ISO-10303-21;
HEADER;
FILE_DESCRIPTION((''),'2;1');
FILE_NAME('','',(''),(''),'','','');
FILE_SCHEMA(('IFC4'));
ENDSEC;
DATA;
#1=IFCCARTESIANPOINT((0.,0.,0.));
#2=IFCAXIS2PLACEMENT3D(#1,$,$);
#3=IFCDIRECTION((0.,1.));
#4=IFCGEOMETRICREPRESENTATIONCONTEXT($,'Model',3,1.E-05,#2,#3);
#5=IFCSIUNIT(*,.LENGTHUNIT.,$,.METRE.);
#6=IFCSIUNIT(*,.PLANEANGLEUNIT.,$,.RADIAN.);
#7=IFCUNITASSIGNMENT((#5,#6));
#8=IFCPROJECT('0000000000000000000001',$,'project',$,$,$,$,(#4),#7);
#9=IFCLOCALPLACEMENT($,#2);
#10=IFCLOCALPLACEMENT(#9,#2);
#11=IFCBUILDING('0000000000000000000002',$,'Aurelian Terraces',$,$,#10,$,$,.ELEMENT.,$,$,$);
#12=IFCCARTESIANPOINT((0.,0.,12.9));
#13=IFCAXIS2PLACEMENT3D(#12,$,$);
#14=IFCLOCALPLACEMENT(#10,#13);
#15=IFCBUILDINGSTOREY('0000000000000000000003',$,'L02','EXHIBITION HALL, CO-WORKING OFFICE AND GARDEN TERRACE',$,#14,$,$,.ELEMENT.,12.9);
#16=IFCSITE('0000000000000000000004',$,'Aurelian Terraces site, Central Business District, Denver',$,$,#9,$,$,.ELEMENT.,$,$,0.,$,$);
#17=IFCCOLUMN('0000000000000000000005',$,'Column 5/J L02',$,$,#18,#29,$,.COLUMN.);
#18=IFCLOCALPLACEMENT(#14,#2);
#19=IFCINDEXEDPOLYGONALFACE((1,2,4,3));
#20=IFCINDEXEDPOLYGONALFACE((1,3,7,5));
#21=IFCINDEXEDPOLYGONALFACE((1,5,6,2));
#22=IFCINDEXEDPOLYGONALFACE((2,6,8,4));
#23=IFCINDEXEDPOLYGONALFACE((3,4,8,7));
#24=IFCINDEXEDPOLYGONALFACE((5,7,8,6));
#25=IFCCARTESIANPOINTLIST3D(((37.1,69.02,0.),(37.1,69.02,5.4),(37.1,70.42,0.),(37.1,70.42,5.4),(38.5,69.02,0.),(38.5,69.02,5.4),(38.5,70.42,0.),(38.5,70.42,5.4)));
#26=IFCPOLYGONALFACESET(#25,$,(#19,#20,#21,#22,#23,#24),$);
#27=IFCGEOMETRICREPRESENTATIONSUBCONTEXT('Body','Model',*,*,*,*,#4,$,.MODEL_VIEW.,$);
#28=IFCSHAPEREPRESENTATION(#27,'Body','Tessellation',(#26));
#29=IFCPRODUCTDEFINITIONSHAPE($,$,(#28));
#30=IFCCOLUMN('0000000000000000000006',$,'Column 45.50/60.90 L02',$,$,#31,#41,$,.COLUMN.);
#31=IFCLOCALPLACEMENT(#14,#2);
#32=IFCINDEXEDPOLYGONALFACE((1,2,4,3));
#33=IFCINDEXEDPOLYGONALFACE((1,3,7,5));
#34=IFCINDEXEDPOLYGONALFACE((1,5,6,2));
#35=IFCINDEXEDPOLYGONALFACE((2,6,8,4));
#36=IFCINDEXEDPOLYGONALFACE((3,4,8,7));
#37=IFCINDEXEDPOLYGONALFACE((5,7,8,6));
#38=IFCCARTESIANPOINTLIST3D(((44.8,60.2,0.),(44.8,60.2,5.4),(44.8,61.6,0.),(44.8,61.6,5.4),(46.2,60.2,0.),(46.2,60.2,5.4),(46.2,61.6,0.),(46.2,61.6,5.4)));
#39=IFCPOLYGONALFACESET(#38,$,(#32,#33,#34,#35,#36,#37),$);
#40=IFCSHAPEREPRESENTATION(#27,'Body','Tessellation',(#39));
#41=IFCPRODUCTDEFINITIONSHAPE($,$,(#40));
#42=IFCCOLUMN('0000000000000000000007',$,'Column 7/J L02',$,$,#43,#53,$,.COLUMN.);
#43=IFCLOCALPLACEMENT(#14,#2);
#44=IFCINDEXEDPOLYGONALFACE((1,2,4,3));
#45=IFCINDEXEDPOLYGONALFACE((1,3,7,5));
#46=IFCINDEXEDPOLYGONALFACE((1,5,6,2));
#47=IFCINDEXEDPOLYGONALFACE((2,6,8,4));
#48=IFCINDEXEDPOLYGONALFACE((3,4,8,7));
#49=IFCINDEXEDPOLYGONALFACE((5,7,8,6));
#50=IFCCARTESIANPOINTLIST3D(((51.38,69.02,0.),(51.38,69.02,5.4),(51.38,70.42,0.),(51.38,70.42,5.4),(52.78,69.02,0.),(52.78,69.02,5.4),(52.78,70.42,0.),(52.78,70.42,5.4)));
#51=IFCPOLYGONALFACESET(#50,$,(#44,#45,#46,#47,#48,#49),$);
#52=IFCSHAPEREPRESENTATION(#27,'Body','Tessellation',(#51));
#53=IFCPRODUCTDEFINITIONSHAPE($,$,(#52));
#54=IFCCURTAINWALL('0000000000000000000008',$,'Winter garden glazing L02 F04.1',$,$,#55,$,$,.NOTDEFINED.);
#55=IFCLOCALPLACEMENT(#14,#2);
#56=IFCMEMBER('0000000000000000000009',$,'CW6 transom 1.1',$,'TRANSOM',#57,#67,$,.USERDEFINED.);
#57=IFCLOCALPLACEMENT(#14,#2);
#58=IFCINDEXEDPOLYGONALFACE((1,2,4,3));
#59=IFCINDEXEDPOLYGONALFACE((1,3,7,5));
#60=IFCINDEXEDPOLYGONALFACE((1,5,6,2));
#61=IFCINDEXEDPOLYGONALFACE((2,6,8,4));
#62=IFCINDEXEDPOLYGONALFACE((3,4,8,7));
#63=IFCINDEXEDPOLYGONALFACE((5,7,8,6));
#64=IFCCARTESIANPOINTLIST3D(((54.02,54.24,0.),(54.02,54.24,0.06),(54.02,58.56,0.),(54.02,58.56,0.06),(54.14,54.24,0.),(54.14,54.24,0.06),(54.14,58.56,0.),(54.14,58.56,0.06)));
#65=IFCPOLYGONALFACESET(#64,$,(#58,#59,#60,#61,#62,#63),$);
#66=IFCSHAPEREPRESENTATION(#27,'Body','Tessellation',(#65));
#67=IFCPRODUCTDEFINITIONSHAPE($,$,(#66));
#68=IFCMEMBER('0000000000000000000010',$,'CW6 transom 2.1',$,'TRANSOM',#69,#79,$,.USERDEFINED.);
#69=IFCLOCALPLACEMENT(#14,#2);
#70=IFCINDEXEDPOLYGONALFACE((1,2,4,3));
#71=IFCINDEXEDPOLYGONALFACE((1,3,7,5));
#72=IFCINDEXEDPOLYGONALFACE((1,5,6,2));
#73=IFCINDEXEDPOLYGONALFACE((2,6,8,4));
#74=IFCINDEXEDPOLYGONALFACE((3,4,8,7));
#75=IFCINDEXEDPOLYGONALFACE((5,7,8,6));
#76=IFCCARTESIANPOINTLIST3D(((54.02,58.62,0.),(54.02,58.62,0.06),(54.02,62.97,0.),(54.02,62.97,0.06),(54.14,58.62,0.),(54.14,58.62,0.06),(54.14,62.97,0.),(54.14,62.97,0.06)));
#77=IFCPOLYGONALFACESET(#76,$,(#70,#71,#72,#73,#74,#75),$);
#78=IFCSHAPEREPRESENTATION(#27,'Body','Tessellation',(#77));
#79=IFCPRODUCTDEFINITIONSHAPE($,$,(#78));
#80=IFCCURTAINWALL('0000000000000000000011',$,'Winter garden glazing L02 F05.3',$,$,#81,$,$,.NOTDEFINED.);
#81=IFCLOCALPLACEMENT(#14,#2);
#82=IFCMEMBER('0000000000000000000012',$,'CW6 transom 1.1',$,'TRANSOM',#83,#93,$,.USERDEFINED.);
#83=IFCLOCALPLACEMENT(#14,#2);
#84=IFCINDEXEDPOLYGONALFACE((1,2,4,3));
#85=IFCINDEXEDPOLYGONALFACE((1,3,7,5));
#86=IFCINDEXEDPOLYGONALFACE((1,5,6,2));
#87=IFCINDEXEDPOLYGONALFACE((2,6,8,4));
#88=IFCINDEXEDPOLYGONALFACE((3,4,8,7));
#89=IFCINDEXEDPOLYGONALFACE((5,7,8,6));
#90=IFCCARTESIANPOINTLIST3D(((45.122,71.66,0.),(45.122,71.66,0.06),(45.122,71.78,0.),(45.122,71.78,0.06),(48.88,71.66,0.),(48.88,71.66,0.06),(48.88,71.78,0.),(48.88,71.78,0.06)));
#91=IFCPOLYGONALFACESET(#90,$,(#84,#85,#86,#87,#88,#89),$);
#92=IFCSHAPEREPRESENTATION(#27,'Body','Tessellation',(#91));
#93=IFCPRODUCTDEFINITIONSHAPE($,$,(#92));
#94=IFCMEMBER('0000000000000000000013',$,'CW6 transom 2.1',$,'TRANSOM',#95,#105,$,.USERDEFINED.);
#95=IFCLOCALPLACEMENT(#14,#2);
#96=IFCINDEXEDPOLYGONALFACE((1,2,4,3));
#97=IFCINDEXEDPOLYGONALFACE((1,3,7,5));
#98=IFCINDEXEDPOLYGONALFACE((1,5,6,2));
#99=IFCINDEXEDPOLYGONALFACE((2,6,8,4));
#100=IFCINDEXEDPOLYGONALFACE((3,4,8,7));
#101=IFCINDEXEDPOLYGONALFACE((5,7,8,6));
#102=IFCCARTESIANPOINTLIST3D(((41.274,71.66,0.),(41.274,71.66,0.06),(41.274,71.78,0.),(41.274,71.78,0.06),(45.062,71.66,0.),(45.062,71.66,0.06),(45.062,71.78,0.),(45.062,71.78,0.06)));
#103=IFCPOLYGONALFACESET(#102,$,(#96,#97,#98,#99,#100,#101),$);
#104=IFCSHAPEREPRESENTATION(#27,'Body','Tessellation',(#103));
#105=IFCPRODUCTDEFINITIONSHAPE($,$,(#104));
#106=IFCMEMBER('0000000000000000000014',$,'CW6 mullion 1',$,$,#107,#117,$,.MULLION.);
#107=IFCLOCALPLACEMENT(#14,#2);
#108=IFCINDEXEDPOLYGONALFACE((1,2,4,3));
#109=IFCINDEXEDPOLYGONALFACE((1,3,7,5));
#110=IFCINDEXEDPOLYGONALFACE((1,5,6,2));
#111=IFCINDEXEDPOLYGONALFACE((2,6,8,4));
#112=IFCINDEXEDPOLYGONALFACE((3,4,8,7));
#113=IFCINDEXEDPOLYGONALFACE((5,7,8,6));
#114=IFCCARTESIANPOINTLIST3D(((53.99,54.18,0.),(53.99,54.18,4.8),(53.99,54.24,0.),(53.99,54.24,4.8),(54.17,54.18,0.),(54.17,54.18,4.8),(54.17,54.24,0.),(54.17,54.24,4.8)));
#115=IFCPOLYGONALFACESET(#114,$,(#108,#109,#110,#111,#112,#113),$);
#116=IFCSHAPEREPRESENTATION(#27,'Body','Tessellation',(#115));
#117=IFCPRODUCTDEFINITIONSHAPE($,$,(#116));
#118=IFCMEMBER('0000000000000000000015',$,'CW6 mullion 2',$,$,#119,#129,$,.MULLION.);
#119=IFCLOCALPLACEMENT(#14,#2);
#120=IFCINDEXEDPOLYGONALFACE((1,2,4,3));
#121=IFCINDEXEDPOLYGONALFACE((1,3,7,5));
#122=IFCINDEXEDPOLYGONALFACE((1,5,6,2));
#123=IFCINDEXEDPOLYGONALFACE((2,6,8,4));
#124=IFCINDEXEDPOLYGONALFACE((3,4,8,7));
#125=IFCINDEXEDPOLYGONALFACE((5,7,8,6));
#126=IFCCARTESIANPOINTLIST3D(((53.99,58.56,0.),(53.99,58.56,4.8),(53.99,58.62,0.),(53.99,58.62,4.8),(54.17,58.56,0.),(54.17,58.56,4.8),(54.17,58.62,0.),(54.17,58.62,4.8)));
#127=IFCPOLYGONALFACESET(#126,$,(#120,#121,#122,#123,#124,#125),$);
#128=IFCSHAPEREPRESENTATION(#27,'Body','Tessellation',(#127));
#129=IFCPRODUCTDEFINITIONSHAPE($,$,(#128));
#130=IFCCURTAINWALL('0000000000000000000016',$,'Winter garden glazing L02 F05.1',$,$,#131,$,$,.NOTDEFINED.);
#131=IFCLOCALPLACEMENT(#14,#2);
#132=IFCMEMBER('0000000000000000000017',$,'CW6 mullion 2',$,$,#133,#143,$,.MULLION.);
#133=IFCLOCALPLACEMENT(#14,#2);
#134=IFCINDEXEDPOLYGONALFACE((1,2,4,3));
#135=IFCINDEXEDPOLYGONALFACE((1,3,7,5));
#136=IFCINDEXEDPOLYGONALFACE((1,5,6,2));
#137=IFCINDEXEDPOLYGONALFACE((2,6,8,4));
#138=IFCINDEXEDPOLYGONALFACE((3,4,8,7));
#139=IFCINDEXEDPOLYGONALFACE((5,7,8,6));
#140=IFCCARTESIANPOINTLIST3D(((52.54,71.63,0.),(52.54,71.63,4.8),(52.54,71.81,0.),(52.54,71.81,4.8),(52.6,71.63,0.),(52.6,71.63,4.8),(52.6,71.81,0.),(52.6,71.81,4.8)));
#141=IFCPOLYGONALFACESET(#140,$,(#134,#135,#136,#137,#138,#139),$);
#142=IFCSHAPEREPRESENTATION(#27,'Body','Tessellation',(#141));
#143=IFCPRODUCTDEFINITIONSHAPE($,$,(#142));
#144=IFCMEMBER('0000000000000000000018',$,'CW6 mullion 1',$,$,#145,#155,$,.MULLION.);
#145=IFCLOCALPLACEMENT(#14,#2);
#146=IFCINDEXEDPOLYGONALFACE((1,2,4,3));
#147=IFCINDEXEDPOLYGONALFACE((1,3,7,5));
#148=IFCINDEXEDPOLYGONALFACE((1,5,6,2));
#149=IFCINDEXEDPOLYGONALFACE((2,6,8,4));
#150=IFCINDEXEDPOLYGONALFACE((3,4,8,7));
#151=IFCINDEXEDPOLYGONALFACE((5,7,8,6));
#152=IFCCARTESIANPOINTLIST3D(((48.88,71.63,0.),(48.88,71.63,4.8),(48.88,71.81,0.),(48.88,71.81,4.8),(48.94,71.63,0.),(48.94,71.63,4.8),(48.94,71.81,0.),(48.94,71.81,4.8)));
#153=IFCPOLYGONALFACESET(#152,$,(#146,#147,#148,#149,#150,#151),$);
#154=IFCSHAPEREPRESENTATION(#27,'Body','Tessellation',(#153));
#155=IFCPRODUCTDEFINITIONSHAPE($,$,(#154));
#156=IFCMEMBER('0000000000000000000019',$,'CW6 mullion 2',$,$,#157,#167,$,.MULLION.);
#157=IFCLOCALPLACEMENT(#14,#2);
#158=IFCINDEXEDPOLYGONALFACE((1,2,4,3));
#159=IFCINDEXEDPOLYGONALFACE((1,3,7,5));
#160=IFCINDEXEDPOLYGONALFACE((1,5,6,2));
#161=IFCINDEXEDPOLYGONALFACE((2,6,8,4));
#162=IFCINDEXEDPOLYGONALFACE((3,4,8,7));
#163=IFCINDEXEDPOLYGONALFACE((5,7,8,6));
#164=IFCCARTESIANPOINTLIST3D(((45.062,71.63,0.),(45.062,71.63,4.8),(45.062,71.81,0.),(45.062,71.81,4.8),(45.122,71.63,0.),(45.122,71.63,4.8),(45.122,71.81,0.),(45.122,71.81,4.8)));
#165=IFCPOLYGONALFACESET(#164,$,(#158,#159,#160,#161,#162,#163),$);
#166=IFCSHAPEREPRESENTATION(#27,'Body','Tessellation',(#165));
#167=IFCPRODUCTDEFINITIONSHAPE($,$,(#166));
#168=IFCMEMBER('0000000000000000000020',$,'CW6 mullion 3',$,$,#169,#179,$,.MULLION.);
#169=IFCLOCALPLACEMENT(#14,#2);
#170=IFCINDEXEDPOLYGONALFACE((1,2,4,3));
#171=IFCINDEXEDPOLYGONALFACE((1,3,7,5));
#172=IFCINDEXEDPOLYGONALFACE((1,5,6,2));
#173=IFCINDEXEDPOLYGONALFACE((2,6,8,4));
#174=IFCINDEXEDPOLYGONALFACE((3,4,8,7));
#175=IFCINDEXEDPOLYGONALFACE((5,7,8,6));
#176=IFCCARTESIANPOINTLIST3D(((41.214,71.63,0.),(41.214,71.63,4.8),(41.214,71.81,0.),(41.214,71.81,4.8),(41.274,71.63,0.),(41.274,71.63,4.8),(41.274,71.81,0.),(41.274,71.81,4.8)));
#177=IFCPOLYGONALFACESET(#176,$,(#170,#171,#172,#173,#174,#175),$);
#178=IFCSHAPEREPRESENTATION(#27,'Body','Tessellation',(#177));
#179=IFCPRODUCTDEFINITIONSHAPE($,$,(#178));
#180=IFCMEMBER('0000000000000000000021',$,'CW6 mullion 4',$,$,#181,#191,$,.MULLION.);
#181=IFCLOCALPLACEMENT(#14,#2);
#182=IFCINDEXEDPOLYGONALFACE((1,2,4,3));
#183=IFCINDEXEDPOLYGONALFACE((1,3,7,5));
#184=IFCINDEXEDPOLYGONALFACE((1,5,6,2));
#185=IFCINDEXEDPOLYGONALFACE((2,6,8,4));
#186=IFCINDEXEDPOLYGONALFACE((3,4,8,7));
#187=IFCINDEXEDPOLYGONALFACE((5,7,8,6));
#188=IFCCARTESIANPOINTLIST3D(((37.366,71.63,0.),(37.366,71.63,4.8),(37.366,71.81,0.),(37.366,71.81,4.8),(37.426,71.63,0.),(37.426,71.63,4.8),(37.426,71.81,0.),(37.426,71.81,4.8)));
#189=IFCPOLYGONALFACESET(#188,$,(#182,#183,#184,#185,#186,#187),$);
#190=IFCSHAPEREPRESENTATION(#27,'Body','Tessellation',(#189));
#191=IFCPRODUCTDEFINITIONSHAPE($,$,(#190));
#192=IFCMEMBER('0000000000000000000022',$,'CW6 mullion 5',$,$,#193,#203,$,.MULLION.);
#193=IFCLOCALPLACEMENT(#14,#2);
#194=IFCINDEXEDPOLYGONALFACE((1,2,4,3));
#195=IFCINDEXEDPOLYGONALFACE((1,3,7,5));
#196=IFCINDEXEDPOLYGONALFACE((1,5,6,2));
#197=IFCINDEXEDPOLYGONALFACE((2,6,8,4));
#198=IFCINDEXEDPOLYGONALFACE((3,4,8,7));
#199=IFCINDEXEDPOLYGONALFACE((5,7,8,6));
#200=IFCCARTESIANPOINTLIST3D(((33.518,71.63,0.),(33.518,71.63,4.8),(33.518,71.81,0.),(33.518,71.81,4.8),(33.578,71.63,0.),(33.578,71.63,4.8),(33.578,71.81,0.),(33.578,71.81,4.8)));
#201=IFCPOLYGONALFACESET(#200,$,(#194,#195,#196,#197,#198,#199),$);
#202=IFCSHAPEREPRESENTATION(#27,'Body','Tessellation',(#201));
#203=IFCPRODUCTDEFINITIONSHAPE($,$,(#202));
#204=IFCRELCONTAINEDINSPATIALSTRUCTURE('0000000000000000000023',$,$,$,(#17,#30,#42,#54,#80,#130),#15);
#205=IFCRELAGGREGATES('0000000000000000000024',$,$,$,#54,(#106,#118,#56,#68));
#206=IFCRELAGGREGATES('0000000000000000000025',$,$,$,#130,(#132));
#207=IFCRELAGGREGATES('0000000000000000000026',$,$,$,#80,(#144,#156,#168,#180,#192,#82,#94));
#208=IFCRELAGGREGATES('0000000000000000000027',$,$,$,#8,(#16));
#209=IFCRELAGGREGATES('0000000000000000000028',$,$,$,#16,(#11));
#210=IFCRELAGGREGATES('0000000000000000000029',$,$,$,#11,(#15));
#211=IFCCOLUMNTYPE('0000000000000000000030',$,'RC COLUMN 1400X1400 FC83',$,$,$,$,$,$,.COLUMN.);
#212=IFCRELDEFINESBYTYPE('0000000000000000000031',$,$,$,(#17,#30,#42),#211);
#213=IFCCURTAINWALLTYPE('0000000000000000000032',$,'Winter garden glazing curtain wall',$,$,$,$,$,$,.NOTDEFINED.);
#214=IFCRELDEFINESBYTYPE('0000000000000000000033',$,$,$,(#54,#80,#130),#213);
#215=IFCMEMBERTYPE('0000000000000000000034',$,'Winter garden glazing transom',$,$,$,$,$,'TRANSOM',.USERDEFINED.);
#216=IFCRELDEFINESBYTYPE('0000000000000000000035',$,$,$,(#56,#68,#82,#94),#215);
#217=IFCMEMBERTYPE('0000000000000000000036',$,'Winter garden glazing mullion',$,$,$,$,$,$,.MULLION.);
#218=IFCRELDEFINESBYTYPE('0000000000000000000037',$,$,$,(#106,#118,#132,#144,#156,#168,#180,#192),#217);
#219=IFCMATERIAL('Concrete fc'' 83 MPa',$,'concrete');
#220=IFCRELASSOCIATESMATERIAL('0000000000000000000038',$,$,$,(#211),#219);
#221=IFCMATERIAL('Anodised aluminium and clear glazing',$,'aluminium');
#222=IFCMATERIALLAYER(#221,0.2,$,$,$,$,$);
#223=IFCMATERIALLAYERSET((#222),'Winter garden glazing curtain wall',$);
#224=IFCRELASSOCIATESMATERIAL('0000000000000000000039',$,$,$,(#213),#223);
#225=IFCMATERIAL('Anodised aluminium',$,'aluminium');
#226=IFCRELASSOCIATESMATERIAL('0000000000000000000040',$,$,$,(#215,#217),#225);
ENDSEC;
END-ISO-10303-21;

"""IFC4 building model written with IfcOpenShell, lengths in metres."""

from ifc_helpers import new_model, si_unit, direction, frame, origin, origin_2d, place, context, subcontext, project, spatial, rectangle, extrude, source, transform, mapped, material, layer, layer_set, material_profile, profile_set, type_object, element, aggregate, save


model = new_model("IFC4")

# Units and contexts
model_context = context("Model", 3, precision=1e-05, world=origin(), true_north=direction((0.0, 1.0)))
body_context = subcontext(model_context, "Body", "Model", "MODEL_VIEW")
ifc_project = project(units=[si_unit("LENGTHUNIT", "METRE"), si_unit("PLANEANGLEUNIT", "RADIAN")], contexts=[model_context])

# Site, building, storey
site_placement = place(None, origin())
site = spatial("IfcSite", under=ifc_project, at=site_placement, Name="Aurelian Terraces site, Central Business District, Denver", CompositionType="ELEMENT", RefElevation=0.0)
building_placement = place(site_placement, origin())
building = spatial("IfcBuilding", under=site, at=building_placement, Name="Aurelian Terraces", CompositionType="ELEMENT")
storey_placement = place(building_placement, frame((0.0, 0.0, 12.9)))
storey = spatial("IfcBuildingStorey", under=building, at=storey_placement, Name="L02", Description="EXHIBITION HALL, CO-WORKING OFFICE AND GARDEN TERRACE", CompositionType="ELEMENT", Elevation=12.9)

# Columns
ifc_material_1 = material(Name="Concrete fc' 83 MPa", Category="concrete")
ifc_material_profile_1 = material_profile(ifc_material_1, rectangle(XDim=1.4, YDim=1.4, at=origin_2d()))
ifc_profile_set_1 = profile_set([ifc_material_profile_1], Name="Concrete fc' 83 MPa")
column_type = type_object("IfcColumnType", Name="RC COLUMN 1400X1400 FC83", PredefinedType="COLUMN", material=ifc_profile_set_1)
shared_shape_1 = source(origin(), body_context, "Body", "SweptSolid", [
    extrude(rectangle(XDim=1.4, YDim=1.4, at=origin_2d()), origin(), (0.0, 0.0, 1.0), 5.4),
])
for number, where, z_axis, x_axis, name in (
    (1, (37.8, 69.72, 0.0), (0.0, 0.0, 1.0), (1.0, 0.0, 0.0), "Column 5/J L02"),
    (2, (45.5, 60.9, 0.0), (0.0, 0.0, 1.0), (1.0, 0.0, 0.0), "Column 45.50/60.90 L02"),
    (3, (52.08, 69.72, 0.0), (0.0, 0.0, 1.0), (1.0, 0.0, 0.0), "Column 7/J L02"),
):
    element("IfcColumn", number, at=place(storey_placement, frame(where, z_axis=z_axis, x_axis=x_axis)), inside=storey, type_object=column_type, Name=name, PredefinedType="COLUMN", context=body_context, shape_type="MappedRepresentation", body=[
        mapped(shared_shape_1, transform((0.0, 0.0, 0.0), scale=1.0)),
    ])

# Curtain walls, members
ifc_material_2 = material(Name="Anodised aluminium and clear glazing", Category="aluminium")
ifc_layer_1 = layer(ifc_material_2, 0.2)
ifc_layer_set_1 = layer_set([ifc_layer_1], Name="Winter garden glazing curtain wall")
curtain_wall_type = type_object("IfcCurtainWallType", Name="Winter garden glazing curtain wall", PredefinedType="NOTDEFINED", material=ifc_layer_set_1)
curtain_wall_1_placement = place(storey_placement, origin())
curtain_wall_1 = element("IfcCurtainWall", 4, at=curtain_wall_1_placement, inside=storey, type_object=curtain_wall_type, Name="Winter garden glazing L02 F04.1", PredefinedType="NOTDEFINED")
ifc_material_3 = material(Name="Anodised aluminium", Category="aluminium")
ifc_material_profile_2 = material_profile(ifc_material_3, rectangle(XDim=0.12, YDim=0.06, at=origin_2d()))
ifc_profile_set_2 = profile_set([ifc_material_profile_2], Name="Anodised aluminium")
member_type_1 = type_object("IfcMemberType", Name="Winter garden glazing transom", ElementType="TRANSOM", PredefinedType="USERDEFINED", material=ifc_profile_set_2)
member_1_placement = place(storey_placement, frame((54.08, 54.24, 0.03), z_axis=(0.0, 1.0, 0.0), x_axis=(-1.0, 0.0, 0.0)))
member_1 = element("IfcMember", 5, at=member_1_placement, type_object=member_type_1, Name="CW6 transom 1.1", ObjectType="TRANSOM", PredefinedType="USERDEFINED", context=body_context, shape_type="SweptSolid", body=[
    extrude(rectangle(XDim=0.12, YDim=0.06, at=origin_2d()), origin(), (0.0, 0.0, 1.0), 4.32),
])
member_2_placement = place(storey_placement, frame((54.08, 58.62, 0.03), z_axis=(0.0, 1.0, 0.0), x_axis=(-1.0, 0.0, 0.0)))
member_2 = element("IfcMember", 6, at=member_2_placement, type_object=member_type_1, Name="CW6 transom 2.1", ObjectType="TRANSOM", PredefinedType="USERDEFINED", context=body_context, shape_type="SweptSolid", body=[
    extrude(rectangle(XDim=0.12, YDim=0.06, at=origin_2d()), origin(), (0.0, 0.0, 1.0), 4.35),
])
curtain_wall_2_placement = place(storey_placement, origin())
curtain_wall_2 = element("IfcCurtainWall", 7, at=curtain_wall_2_placement, inside=storey, type_object=curtain_wall_type, Name="Winter garden glazing L02 F05.3", PredefinedType="NOTDEFINED")
member_3_placement = place(storey_placement, frame((48.88, 71.72, 0.03), z_axis=(-1.0, 0.0, 0.0), x_axis=(0.0, -1.0, 0.0)))
member_3 = element("IfcMember", 8, at=member_3_placement, type_object=member_type_1, Name="CW6 transom 1.1", ObjectType="TRANSOM", PredefinedType="USERDEFINED", context=body_context, shape_type="SweptSolid", body=[
    extrude(rectangle(XDim=0.12, YDim=0.06, at=origin_2d()), origin(), (0.0, 0.0, 1.0), 3.758),
])
member_4_placement = place(storey_placement, frame((45.062, 71.72, 0.03), z_axis=(-1.0, 0.0, 0.0), x_axis=(0.0, -1.0, 0.0)))
member_4 = element("IfcMember", 9, at=member_4_placement, type_object=member_type_1, Name="CW6 transom 2.1", ObjectType="TRANSOM", PredefinedType="USERDEFINED", context=body_context, shape_type="SweptSolid", body=[
    extrude(rectangle(XDim=0.12, YDim=0.06, at=origin_2d()), origin(), (0.0, 0.0, 1.0), 3.788),
])

# Members
ifc_material_profile_3 = material_profile(ifc_material_3, rectangle(XDim=0.18, YDim=0.06, at=origin_2d()))
ifc_profile_set_3 = profile_set([ifc_material_profile_3], Name="Anodised aluminium")
member_type_2 = type_object("IfcMemberType", Name="Winter garden glazing mullion", PredefinedType="MULLION", material=ifc_profile_set_3)
shared_shape_2 = source(origin(), body_context, "Body", "SweptSolid", [
    extrude(rectangle(XDim=0.18, YDim=0.06, at=origin_2d()), origin(), (0.0, 0.0, 1.0), 4.8),
])
member_5_placement = place(storey_placement, frame((54.08, 54.21, 0.0), z_axis=(0.0, 0.0, 1.0), x_axis=(-1.0, 0.0, 0.0)))
member_5 = element("IfcMember", 10, at=member_5_placement, type_object=member_type_2, Name="CW6 mullion 1", PredefinedType="MULLION", context=body_context, shape_type="MappedRepresentation", body=[
    mapped(shared_shape_2, transform((0.0, 0.0, 0.0), scale=1.0)),
])
member_6_placement = place(storey_placement, frame((54.08, 58.59, 0.0), z_axis=(0.0, 0.0, 1.0), x_axis=(-1.0, 0.0, 0.0)))
member_6 = element("IfcMember", 11, at=member_6_placement, type_object=member_type_2, Name="CW6 mullion 2", PredefinedType="MULLION", context=body_context, shape_type="MappedRepresentation", body=[
    mapped(shared_shape_2, transform((0.0, 0.0, 0.0), scale=1.0)),
])

# Curtain wall, member
curtain_wall_3_placement = place(storey_placement, origin())
curtain_wall_3 = element("IfcCurtainWall", 12, at=curtain_wall_3_placement, inside=storey, type_object=curtain_wall_type, Name="Winter garden glazing L02 F05.1", PredefinedType="NOTDEFINED")
member_7_placement = place(storey_placement, frame((52.57, 71.72, 0.0), z_axis=(0.0, 0.0, 1.0), x_axis=(0.0, -1.0, 0.0)))
member_7 = element("IfcMember", 13, at=member_7_placement, type_object=member_type_2, Name="CW6 mullion 2", PredefinedType="MULLION", context=body_context, shape_type="MappedRepresentation", body=[
    mapped(shared_shape_2, transform((0.0, 0.0, 0.0), scale=1.0)),
])

# Members
member_8_placement = place(storey_placement, frame((48.91, 71.72, 0.0), z_axis=(0.0, 0.0, 1.0), x_axis=(0.0, -1.0, 0.0)))
member_8 = element("IfcMember", 14, at=member_8_placement, type_object=member_type_2, Name="CW6 mullion 1", PredefinedType="MULLION", context=body_context, shape_type="MappedRepresentation", body=[
    mapped(shared_shape_2, transform((0.0, 0.0, 0.0), scale=1.0)),
])
member_9_placement = place(storey_placement, frame((45.092, 71.72, 0.0), z_axis=(0.0, 0.0, 1.0), x_axis=(0.0, -1.0, 0.0)))
member_9 = element("IfcMember", 15, at=member_9_placement, type_object=member_type_2, Name="CW6 mullion 2", PredefinedType="MULLION", context=body_context, shape_type="MappedRepresentation", body=[
    mapped(shared_shape_2, transform((0.0, 0.0, 0.0), scale=1.0)),
])
member_10_placement = place(storey_placement, frame((41.244, 71.72, 0.0), z_axis=(0.0, 0.0, 1.0), x_axis=(0.0, -1.0, 0.0)))
member_10 = element("IfcMember", 16, at=member_10_placement, type_object=member_type_2, Name="CW6 mullion 3", PredefinedType="MULLION", context=body_context, shape_type="MappedRepresentation", body=[
    mapped(shared_shape_2, transform((0.0, 0.0, 0.0), scale=1.0)),
])
member_11_placement = place(storey_placement, frame((37.396, 71.72, 0.0), z_axis=(0.0, 0.0, 1.0), x_axis=(0.0, -1.0, 0.0)))
member_11 = element("IfcMember", 17, at=member_11_placement, type_object=member_type_2, Name="CW6 mullion 4", PredefinedType="MULLION", context=body_context, shape_type="MappedRepresentation", body=[
    mapped(shared_shape_2, transform((0.0, 0.0, 0.0), scale=1.0)),
])
member_12_placement = place(storey_placement, frame((33.548, 71.72, 0.0), z_axis=(0.0, 0.0, 1.0), x_axis=(0.0, -1.0, 0.0)))
member_12 = element("IfcMember", 18, at=member_12_placement, type_object=member_type_2, Name="CW6 mullion 5", PredefinedType="MULLION", context=body_context, shape_type="MappedRepresentation", body=[
    mapped(shared_shape_2, transform((0.0, 0.0, 0.0), scale=1.0)),
])

aggregate(curtain_wall_1, [member_5, member_6, member_1, member_2])
aggregate(curtain_wall_3, [member_7])
aggregate(curtain_wall_2, [member_8, member_9, member_10, member_11, member_12, member_3, member_4])

save(model, "model.ifc")
